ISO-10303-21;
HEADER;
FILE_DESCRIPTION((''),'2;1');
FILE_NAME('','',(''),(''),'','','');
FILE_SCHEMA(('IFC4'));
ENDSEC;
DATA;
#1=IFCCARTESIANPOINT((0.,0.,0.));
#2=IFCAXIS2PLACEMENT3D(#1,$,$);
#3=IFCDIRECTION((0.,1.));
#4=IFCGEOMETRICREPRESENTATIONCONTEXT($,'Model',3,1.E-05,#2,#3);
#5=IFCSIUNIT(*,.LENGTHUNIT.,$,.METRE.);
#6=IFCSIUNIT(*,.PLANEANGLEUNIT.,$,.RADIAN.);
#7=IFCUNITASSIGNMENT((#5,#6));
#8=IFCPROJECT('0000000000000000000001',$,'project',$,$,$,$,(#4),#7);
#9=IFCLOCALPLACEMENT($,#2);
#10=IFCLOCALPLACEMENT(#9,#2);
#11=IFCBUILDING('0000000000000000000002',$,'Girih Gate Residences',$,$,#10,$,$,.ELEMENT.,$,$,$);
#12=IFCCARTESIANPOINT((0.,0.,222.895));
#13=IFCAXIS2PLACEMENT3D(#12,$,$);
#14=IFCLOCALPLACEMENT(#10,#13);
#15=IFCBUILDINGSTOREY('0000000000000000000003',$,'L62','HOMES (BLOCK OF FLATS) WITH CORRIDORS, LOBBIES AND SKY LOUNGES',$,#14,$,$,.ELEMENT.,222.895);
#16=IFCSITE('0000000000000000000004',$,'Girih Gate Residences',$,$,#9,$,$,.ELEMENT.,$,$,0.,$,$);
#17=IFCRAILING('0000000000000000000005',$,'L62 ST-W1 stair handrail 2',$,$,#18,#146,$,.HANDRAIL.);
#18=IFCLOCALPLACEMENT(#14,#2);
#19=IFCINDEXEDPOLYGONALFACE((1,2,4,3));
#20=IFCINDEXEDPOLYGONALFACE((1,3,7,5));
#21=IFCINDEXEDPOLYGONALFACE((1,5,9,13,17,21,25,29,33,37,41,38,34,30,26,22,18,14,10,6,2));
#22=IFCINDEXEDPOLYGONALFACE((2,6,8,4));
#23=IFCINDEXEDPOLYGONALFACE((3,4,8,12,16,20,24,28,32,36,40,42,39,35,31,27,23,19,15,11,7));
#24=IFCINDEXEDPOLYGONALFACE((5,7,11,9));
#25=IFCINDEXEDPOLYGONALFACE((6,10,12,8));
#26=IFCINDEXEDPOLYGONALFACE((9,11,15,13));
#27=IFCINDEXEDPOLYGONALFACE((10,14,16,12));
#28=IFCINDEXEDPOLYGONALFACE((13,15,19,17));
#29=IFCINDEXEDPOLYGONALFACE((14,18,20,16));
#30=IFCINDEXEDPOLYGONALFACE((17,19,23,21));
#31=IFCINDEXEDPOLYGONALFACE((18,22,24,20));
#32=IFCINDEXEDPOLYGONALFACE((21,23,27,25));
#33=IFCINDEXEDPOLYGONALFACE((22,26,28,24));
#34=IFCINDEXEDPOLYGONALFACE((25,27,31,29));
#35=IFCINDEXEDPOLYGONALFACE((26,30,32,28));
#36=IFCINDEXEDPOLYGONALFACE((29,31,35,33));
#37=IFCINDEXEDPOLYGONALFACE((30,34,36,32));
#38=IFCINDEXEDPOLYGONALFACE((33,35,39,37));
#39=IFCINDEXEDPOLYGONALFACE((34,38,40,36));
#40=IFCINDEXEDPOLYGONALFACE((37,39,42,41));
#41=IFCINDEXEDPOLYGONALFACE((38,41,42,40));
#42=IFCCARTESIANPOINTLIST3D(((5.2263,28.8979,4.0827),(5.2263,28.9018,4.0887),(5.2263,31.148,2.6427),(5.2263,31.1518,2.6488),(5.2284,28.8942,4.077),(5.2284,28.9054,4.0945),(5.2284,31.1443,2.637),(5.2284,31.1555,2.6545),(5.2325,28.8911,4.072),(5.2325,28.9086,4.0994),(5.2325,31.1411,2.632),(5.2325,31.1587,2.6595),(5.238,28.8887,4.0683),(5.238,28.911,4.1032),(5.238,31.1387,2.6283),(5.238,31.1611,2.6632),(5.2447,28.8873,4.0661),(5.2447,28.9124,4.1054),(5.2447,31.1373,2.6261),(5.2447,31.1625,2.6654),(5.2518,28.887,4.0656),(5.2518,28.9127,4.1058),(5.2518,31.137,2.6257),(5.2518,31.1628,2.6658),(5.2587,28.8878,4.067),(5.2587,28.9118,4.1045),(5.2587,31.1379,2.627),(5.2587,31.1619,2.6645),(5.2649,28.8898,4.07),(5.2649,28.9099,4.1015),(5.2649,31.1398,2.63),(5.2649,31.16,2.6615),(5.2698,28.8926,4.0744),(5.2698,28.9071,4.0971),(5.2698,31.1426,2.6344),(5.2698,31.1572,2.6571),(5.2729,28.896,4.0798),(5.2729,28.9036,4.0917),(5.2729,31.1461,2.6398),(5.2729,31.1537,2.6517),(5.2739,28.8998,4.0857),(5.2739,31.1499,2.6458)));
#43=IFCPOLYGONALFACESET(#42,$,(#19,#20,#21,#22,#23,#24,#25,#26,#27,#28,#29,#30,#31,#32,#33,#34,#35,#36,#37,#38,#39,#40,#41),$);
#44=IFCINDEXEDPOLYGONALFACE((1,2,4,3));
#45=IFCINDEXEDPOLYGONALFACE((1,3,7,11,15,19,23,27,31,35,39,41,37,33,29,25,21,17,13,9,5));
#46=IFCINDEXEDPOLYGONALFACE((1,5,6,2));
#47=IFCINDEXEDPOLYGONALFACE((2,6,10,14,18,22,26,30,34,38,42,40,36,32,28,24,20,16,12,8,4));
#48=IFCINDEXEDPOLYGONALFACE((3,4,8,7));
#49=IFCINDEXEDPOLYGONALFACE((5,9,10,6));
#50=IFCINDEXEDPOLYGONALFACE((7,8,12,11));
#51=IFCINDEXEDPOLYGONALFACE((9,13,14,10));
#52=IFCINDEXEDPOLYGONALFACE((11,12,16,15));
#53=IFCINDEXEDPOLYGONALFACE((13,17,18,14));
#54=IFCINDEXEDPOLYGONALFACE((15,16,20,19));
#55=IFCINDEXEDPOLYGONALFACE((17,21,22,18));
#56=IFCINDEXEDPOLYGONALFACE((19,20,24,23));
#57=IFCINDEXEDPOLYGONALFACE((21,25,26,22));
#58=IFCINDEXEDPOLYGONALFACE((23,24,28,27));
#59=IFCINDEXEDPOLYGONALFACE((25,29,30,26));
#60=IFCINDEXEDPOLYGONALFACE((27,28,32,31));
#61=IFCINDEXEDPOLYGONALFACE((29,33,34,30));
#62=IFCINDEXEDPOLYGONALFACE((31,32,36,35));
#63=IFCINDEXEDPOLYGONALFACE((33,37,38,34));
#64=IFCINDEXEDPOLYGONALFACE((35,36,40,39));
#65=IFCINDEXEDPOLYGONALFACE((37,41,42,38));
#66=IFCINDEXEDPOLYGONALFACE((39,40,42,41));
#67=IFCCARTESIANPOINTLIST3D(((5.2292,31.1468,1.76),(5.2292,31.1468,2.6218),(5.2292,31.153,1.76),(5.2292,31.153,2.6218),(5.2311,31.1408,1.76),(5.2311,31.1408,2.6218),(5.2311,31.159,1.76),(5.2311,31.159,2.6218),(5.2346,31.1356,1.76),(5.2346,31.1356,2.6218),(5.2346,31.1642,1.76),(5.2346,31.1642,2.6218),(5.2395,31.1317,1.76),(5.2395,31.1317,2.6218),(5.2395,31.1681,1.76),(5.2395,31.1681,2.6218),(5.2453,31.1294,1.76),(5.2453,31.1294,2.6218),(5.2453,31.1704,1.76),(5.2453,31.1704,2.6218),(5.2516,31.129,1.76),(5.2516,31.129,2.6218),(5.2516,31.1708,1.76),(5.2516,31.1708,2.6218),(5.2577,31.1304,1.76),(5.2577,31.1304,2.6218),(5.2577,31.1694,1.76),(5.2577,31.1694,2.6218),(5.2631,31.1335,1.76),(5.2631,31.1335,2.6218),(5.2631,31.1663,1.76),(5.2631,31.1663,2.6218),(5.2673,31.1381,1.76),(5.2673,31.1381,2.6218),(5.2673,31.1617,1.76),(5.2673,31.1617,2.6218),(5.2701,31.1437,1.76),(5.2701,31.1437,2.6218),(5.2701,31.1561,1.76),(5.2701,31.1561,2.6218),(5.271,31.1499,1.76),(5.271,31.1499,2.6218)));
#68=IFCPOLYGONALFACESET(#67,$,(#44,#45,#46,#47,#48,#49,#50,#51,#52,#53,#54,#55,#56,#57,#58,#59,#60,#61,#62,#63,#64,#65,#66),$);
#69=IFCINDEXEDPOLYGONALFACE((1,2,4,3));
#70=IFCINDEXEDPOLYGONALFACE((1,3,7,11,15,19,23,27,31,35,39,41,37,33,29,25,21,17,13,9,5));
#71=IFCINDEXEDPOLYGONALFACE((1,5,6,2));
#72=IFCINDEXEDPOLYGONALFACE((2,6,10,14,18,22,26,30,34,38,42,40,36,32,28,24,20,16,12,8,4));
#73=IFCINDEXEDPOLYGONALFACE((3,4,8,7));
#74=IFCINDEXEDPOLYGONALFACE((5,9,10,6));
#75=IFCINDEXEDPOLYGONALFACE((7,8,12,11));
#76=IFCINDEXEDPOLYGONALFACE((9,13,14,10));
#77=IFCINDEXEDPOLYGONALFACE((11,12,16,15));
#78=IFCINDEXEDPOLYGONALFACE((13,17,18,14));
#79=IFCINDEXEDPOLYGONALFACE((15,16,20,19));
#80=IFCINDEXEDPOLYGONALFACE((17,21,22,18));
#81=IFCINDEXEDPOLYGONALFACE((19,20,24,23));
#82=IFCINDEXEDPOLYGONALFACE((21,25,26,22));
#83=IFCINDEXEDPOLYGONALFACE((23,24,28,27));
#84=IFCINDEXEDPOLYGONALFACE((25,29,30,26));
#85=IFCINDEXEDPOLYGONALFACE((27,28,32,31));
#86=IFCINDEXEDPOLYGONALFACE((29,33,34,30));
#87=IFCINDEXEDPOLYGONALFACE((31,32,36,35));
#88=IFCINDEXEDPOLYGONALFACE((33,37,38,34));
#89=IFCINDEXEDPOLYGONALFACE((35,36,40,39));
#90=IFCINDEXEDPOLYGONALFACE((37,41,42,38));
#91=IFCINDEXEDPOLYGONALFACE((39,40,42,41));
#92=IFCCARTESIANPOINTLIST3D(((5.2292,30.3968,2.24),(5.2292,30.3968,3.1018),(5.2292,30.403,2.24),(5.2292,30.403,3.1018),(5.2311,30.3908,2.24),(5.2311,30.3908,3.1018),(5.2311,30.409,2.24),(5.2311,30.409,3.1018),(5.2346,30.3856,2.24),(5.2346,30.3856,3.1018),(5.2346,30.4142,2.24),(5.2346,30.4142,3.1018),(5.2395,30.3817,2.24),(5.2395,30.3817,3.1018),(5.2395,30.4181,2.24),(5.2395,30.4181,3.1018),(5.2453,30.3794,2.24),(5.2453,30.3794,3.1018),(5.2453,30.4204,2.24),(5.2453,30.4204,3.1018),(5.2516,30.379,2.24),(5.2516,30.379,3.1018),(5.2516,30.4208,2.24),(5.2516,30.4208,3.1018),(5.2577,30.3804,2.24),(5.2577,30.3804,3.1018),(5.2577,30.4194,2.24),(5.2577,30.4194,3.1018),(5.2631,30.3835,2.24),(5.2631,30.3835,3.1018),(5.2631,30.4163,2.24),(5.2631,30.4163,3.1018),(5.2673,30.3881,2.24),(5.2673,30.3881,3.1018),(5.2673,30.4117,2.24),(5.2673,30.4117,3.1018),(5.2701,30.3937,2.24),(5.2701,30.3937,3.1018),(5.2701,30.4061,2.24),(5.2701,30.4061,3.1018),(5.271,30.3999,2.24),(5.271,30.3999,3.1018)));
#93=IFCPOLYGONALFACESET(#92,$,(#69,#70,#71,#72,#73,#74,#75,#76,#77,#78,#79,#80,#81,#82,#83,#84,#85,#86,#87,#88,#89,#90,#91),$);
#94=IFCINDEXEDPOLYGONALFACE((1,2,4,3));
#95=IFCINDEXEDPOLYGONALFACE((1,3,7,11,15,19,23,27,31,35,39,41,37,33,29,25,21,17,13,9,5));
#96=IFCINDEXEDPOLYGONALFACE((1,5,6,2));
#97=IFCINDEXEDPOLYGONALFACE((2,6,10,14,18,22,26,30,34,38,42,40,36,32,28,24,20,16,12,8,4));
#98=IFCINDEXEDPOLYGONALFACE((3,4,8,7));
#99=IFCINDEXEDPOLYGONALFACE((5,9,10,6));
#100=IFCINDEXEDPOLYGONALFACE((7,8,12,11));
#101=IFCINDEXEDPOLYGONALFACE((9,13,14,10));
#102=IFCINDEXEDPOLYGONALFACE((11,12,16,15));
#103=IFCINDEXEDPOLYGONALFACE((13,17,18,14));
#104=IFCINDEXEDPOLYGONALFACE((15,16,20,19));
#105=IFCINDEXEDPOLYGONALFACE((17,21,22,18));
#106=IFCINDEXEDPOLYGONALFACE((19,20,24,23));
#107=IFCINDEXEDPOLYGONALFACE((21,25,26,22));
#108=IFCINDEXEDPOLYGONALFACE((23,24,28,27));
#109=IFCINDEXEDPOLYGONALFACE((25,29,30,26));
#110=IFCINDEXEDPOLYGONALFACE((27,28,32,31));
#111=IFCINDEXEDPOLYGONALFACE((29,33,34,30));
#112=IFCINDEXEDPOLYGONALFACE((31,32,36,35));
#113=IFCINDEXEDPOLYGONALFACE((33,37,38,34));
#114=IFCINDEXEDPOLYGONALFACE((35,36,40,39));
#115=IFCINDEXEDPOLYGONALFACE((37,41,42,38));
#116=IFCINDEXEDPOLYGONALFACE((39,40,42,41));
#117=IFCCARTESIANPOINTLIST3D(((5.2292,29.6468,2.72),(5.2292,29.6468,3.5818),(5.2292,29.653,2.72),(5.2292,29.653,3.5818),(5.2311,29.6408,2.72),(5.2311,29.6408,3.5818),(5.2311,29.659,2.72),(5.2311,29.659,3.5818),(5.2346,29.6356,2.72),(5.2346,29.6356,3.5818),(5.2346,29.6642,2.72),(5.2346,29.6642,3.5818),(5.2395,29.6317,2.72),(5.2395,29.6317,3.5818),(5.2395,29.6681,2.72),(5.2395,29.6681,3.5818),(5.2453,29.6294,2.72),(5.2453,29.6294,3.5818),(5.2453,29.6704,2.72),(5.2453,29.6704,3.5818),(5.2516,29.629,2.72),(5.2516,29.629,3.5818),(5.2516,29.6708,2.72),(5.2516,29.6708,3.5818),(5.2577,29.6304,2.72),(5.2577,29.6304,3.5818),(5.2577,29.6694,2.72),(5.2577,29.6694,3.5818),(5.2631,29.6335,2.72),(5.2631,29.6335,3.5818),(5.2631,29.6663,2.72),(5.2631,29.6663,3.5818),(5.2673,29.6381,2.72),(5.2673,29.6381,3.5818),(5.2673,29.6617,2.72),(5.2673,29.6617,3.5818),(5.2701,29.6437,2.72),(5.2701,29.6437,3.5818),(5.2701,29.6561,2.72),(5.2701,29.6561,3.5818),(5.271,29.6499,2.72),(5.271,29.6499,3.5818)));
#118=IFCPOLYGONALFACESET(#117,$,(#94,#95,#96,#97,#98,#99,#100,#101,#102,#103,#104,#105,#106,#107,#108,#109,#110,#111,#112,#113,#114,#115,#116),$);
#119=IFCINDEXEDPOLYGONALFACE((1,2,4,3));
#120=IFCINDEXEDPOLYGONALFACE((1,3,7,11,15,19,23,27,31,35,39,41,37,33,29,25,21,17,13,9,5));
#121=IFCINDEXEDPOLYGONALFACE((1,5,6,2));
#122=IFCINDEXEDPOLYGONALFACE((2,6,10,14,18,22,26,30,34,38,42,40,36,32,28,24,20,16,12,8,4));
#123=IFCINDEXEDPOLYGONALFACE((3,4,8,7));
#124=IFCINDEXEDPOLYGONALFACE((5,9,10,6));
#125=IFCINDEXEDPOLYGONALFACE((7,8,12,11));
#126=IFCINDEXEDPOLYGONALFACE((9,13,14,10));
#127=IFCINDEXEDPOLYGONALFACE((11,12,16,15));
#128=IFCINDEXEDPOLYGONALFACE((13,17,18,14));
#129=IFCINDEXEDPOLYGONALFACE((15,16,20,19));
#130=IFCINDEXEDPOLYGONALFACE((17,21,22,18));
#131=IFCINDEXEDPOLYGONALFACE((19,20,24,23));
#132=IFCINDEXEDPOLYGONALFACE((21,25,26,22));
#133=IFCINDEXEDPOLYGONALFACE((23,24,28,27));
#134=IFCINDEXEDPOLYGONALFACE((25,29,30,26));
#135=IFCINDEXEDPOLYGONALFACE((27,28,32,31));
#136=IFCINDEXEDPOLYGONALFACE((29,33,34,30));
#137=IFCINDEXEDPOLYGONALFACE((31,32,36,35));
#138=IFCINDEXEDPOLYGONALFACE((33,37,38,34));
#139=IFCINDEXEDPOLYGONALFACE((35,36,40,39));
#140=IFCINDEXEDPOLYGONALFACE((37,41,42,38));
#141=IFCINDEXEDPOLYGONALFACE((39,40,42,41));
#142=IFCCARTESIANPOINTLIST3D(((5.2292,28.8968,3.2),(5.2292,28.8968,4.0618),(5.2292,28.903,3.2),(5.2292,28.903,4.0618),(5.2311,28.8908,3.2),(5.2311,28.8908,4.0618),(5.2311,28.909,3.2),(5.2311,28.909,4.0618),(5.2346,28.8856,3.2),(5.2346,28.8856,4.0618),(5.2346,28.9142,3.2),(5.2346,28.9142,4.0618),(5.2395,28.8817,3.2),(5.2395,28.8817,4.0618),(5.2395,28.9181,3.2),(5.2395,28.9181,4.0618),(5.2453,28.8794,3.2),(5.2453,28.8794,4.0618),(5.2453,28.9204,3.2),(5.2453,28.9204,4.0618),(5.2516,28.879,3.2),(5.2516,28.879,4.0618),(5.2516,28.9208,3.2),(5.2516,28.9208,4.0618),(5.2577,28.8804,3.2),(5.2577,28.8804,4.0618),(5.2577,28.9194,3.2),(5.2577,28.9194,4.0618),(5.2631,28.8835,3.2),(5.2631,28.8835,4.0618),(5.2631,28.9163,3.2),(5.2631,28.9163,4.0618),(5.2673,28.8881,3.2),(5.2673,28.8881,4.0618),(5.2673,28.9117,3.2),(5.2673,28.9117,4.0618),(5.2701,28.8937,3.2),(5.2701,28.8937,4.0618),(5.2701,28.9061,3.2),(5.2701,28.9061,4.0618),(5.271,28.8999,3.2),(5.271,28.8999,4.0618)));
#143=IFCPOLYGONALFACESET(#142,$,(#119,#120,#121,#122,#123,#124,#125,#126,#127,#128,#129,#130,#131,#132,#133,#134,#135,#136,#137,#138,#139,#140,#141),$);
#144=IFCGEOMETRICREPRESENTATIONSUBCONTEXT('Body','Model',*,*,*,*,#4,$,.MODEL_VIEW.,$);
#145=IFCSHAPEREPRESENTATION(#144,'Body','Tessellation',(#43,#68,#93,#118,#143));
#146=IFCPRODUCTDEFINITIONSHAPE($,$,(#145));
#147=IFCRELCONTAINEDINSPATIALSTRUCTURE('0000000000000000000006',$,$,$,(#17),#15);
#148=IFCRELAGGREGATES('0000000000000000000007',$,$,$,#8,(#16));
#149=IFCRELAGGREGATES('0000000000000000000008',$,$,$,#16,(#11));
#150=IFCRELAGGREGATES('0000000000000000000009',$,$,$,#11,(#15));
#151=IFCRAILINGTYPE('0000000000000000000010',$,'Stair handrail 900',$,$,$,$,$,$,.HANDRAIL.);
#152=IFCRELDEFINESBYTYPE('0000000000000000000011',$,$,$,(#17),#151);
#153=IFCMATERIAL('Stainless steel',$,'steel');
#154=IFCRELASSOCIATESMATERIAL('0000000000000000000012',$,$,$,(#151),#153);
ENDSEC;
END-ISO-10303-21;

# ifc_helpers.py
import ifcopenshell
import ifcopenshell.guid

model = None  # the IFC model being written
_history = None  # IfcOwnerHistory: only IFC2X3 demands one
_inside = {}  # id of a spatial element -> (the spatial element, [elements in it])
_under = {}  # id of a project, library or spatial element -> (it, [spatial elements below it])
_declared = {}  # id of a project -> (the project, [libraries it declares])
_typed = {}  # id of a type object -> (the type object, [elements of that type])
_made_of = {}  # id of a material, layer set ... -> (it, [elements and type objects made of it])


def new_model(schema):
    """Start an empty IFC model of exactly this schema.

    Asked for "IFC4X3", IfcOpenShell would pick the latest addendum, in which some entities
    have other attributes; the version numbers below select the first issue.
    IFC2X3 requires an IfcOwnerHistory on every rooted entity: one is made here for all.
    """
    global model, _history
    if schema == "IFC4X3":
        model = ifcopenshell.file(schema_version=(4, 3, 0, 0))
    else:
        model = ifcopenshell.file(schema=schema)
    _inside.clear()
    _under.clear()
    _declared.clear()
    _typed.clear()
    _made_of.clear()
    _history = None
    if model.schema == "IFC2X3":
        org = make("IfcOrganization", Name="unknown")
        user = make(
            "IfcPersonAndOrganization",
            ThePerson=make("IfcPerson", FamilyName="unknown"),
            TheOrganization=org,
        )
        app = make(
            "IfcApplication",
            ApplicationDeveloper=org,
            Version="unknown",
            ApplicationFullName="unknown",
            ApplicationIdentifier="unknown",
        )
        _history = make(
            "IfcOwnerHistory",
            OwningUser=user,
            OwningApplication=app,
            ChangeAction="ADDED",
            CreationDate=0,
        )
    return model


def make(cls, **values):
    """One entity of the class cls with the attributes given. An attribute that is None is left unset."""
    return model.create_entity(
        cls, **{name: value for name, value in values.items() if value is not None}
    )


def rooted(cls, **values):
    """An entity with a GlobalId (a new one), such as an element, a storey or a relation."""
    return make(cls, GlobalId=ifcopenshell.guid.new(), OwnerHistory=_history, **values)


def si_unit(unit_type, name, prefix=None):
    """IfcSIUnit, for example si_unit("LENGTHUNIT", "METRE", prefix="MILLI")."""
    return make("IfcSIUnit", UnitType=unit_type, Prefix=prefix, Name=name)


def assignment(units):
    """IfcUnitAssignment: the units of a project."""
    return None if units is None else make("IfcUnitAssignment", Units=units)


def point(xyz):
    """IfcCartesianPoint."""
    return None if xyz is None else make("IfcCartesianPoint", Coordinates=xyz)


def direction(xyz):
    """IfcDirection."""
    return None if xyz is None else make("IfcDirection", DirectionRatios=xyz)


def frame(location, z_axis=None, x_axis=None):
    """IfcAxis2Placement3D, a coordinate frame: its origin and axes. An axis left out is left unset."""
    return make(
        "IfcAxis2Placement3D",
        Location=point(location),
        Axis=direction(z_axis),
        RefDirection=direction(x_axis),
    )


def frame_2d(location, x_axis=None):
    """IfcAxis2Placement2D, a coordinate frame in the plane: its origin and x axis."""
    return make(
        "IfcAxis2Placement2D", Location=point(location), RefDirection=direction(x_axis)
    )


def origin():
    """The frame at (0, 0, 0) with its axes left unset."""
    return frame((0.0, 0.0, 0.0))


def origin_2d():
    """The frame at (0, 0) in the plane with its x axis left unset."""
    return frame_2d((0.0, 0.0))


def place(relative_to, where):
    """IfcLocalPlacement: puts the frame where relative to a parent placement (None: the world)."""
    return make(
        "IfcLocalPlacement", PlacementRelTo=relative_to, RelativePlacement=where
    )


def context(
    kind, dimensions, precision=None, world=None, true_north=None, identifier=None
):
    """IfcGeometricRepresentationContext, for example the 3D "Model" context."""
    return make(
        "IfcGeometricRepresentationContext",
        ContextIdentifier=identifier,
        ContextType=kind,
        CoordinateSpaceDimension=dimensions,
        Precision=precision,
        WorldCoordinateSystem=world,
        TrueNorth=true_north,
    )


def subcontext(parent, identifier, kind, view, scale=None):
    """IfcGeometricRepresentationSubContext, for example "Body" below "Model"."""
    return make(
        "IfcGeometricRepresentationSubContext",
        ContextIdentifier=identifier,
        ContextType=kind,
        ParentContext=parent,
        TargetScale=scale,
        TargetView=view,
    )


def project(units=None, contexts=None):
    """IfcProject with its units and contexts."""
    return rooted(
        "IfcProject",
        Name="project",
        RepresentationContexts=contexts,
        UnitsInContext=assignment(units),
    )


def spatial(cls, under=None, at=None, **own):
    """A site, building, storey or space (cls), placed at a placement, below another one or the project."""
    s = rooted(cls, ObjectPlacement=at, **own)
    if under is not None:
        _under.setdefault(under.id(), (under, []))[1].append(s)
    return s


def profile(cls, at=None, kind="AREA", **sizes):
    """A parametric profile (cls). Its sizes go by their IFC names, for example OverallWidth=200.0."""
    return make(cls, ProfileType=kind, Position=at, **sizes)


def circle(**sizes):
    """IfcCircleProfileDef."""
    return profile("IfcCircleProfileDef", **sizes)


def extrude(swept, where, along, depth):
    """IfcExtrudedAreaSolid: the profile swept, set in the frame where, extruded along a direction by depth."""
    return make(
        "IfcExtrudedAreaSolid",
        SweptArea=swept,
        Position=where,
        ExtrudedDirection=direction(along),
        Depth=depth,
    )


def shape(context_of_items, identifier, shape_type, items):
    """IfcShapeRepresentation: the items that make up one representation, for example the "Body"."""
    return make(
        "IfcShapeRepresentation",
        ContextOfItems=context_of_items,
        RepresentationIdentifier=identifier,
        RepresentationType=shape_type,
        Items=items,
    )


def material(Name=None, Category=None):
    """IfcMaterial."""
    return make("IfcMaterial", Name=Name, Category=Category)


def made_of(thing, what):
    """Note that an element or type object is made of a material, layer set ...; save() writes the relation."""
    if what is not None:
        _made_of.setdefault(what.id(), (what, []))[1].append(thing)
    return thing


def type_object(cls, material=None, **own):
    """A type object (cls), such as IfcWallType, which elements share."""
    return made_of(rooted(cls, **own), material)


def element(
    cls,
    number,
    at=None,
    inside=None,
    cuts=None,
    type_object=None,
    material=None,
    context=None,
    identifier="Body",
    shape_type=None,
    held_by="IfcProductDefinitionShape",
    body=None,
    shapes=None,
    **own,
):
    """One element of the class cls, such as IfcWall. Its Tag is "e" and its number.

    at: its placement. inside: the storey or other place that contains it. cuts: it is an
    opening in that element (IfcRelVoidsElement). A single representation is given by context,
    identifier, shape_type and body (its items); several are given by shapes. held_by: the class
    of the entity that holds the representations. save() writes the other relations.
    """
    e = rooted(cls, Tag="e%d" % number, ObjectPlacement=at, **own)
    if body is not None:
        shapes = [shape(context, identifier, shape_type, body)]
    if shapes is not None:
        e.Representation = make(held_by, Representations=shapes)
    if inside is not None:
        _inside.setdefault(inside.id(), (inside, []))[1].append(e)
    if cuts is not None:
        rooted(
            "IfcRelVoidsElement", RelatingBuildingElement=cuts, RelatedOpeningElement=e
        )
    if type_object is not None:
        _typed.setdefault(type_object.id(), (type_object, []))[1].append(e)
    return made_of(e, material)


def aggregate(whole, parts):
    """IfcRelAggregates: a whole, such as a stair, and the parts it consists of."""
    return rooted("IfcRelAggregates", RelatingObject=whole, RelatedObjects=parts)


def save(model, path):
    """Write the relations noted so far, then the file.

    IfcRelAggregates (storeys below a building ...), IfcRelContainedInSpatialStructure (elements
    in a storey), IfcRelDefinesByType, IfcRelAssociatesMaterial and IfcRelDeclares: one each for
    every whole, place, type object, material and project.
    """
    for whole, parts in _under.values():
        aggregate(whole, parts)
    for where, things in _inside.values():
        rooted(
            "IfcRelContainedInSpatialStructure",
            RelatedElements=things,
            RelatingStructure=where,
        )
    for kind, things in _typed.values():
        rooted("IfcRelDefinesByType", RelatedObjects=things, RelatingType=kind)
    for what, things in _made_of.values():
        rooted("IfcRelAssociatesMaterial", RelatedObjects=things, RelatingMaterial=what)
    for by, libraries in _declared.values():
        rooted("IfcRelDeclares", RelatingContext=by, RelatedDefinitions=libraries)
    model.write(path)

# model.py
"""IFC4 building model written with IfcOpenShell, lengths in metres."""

from ifc_helpers import new_model, si_unit, direction, frame, origin, origin_2d, place, context, subcontext, project, spatial, circle, extrude, material, type_object, element, save


model = new_model("IFC4")

# Units and contexts
model_context = context("Model", 3, precision=1e-05, world=origin(), true_north=direction((0.0, 1.0)))
body_context = subcontext(model_context, "Body", "Model", "MODEL_VIEW")
ifc_project = project(units=[si_unit("LENGTHUNIT", "METRE"), si_unit("PLANEANGLEUNIT", "RADIAN")], contexts=[model_context])

# Site, building, storey
site_placement = place(None, origin())
site = spatial("IfcSite", under=ifc_project, at=site_placement, Name="Girih Gate Residences", CompositionType="ELEMENT", RefElevation=0.0)
building_placement = place(site_placement, origin())
building = spatial("IfcBuilding", under=site, at=building_placement, Name="Girih Gate Residences", CompositionType="ELEMENT")
storey_placement = place(building_placement, frame((0.0, 0.0, 222.895)))
storey = spatial("IfcBuildingStorey", under=building, at=storey_placement, Name="L62", Description="HOMES (BLOCK OF FLATS) WITH CORRIDORS, LOBBIES AND SKY LOUNGES", CompositionType="ELEMENT", Elevation=222.895)

# Railing
ifc_material_1 = material(Name="Stainless steel", Category="steel")
railing_type_1 = type_object("IfcRailingType", Name="Stair handrail 900", PredefinedType="HANDRAIL", material=ifc_material_1)
railing_1_placement = place(storey_placement, frame((5.25, 31.1499, 1.76)))
element("IfcRailing", 1, at=railing_1_placement, inside=storey, type_object=railing_type_1, Name="L62 ST-W1 stair handrail 2", PredefinedType="HANDRAIL", context=body_context, shape_type="SweptSolid", body=[
    extrude(circle(Radius=0.0239, at=origin_2d()), frame((0.0, 0.0, 0.8857), z_axis=(0.0, -0.842281, 0.539038), x_axis=(1.0, 0.0, 0.0)), (0.0, 0.0, 1.0), 2.6714),
    extrude(circle(Radius=0.021, at=origin_2d()), origin(), (0.0, 0.0, 1.0), 0.8618),
    extrude(circle(Radius=0.021, at=origin_2d()), frame((0.0, -0.75, 0.48)), (0.0, 0.0, 1.0), 0.8618),
    extrude(circle(Radius=0.021, at=origin_2d()), frame((0.0, -1.5, 0.96)), (0.0, 0.0, 1.0), 0.8618),
    extrude(circle(Radius=0.021, at=origin_2d()), frame((0.0, -2.25, 1.4399)), (0.0, 0.0, 1.0), 0.8618),
])

save(model, "model.ifc")
